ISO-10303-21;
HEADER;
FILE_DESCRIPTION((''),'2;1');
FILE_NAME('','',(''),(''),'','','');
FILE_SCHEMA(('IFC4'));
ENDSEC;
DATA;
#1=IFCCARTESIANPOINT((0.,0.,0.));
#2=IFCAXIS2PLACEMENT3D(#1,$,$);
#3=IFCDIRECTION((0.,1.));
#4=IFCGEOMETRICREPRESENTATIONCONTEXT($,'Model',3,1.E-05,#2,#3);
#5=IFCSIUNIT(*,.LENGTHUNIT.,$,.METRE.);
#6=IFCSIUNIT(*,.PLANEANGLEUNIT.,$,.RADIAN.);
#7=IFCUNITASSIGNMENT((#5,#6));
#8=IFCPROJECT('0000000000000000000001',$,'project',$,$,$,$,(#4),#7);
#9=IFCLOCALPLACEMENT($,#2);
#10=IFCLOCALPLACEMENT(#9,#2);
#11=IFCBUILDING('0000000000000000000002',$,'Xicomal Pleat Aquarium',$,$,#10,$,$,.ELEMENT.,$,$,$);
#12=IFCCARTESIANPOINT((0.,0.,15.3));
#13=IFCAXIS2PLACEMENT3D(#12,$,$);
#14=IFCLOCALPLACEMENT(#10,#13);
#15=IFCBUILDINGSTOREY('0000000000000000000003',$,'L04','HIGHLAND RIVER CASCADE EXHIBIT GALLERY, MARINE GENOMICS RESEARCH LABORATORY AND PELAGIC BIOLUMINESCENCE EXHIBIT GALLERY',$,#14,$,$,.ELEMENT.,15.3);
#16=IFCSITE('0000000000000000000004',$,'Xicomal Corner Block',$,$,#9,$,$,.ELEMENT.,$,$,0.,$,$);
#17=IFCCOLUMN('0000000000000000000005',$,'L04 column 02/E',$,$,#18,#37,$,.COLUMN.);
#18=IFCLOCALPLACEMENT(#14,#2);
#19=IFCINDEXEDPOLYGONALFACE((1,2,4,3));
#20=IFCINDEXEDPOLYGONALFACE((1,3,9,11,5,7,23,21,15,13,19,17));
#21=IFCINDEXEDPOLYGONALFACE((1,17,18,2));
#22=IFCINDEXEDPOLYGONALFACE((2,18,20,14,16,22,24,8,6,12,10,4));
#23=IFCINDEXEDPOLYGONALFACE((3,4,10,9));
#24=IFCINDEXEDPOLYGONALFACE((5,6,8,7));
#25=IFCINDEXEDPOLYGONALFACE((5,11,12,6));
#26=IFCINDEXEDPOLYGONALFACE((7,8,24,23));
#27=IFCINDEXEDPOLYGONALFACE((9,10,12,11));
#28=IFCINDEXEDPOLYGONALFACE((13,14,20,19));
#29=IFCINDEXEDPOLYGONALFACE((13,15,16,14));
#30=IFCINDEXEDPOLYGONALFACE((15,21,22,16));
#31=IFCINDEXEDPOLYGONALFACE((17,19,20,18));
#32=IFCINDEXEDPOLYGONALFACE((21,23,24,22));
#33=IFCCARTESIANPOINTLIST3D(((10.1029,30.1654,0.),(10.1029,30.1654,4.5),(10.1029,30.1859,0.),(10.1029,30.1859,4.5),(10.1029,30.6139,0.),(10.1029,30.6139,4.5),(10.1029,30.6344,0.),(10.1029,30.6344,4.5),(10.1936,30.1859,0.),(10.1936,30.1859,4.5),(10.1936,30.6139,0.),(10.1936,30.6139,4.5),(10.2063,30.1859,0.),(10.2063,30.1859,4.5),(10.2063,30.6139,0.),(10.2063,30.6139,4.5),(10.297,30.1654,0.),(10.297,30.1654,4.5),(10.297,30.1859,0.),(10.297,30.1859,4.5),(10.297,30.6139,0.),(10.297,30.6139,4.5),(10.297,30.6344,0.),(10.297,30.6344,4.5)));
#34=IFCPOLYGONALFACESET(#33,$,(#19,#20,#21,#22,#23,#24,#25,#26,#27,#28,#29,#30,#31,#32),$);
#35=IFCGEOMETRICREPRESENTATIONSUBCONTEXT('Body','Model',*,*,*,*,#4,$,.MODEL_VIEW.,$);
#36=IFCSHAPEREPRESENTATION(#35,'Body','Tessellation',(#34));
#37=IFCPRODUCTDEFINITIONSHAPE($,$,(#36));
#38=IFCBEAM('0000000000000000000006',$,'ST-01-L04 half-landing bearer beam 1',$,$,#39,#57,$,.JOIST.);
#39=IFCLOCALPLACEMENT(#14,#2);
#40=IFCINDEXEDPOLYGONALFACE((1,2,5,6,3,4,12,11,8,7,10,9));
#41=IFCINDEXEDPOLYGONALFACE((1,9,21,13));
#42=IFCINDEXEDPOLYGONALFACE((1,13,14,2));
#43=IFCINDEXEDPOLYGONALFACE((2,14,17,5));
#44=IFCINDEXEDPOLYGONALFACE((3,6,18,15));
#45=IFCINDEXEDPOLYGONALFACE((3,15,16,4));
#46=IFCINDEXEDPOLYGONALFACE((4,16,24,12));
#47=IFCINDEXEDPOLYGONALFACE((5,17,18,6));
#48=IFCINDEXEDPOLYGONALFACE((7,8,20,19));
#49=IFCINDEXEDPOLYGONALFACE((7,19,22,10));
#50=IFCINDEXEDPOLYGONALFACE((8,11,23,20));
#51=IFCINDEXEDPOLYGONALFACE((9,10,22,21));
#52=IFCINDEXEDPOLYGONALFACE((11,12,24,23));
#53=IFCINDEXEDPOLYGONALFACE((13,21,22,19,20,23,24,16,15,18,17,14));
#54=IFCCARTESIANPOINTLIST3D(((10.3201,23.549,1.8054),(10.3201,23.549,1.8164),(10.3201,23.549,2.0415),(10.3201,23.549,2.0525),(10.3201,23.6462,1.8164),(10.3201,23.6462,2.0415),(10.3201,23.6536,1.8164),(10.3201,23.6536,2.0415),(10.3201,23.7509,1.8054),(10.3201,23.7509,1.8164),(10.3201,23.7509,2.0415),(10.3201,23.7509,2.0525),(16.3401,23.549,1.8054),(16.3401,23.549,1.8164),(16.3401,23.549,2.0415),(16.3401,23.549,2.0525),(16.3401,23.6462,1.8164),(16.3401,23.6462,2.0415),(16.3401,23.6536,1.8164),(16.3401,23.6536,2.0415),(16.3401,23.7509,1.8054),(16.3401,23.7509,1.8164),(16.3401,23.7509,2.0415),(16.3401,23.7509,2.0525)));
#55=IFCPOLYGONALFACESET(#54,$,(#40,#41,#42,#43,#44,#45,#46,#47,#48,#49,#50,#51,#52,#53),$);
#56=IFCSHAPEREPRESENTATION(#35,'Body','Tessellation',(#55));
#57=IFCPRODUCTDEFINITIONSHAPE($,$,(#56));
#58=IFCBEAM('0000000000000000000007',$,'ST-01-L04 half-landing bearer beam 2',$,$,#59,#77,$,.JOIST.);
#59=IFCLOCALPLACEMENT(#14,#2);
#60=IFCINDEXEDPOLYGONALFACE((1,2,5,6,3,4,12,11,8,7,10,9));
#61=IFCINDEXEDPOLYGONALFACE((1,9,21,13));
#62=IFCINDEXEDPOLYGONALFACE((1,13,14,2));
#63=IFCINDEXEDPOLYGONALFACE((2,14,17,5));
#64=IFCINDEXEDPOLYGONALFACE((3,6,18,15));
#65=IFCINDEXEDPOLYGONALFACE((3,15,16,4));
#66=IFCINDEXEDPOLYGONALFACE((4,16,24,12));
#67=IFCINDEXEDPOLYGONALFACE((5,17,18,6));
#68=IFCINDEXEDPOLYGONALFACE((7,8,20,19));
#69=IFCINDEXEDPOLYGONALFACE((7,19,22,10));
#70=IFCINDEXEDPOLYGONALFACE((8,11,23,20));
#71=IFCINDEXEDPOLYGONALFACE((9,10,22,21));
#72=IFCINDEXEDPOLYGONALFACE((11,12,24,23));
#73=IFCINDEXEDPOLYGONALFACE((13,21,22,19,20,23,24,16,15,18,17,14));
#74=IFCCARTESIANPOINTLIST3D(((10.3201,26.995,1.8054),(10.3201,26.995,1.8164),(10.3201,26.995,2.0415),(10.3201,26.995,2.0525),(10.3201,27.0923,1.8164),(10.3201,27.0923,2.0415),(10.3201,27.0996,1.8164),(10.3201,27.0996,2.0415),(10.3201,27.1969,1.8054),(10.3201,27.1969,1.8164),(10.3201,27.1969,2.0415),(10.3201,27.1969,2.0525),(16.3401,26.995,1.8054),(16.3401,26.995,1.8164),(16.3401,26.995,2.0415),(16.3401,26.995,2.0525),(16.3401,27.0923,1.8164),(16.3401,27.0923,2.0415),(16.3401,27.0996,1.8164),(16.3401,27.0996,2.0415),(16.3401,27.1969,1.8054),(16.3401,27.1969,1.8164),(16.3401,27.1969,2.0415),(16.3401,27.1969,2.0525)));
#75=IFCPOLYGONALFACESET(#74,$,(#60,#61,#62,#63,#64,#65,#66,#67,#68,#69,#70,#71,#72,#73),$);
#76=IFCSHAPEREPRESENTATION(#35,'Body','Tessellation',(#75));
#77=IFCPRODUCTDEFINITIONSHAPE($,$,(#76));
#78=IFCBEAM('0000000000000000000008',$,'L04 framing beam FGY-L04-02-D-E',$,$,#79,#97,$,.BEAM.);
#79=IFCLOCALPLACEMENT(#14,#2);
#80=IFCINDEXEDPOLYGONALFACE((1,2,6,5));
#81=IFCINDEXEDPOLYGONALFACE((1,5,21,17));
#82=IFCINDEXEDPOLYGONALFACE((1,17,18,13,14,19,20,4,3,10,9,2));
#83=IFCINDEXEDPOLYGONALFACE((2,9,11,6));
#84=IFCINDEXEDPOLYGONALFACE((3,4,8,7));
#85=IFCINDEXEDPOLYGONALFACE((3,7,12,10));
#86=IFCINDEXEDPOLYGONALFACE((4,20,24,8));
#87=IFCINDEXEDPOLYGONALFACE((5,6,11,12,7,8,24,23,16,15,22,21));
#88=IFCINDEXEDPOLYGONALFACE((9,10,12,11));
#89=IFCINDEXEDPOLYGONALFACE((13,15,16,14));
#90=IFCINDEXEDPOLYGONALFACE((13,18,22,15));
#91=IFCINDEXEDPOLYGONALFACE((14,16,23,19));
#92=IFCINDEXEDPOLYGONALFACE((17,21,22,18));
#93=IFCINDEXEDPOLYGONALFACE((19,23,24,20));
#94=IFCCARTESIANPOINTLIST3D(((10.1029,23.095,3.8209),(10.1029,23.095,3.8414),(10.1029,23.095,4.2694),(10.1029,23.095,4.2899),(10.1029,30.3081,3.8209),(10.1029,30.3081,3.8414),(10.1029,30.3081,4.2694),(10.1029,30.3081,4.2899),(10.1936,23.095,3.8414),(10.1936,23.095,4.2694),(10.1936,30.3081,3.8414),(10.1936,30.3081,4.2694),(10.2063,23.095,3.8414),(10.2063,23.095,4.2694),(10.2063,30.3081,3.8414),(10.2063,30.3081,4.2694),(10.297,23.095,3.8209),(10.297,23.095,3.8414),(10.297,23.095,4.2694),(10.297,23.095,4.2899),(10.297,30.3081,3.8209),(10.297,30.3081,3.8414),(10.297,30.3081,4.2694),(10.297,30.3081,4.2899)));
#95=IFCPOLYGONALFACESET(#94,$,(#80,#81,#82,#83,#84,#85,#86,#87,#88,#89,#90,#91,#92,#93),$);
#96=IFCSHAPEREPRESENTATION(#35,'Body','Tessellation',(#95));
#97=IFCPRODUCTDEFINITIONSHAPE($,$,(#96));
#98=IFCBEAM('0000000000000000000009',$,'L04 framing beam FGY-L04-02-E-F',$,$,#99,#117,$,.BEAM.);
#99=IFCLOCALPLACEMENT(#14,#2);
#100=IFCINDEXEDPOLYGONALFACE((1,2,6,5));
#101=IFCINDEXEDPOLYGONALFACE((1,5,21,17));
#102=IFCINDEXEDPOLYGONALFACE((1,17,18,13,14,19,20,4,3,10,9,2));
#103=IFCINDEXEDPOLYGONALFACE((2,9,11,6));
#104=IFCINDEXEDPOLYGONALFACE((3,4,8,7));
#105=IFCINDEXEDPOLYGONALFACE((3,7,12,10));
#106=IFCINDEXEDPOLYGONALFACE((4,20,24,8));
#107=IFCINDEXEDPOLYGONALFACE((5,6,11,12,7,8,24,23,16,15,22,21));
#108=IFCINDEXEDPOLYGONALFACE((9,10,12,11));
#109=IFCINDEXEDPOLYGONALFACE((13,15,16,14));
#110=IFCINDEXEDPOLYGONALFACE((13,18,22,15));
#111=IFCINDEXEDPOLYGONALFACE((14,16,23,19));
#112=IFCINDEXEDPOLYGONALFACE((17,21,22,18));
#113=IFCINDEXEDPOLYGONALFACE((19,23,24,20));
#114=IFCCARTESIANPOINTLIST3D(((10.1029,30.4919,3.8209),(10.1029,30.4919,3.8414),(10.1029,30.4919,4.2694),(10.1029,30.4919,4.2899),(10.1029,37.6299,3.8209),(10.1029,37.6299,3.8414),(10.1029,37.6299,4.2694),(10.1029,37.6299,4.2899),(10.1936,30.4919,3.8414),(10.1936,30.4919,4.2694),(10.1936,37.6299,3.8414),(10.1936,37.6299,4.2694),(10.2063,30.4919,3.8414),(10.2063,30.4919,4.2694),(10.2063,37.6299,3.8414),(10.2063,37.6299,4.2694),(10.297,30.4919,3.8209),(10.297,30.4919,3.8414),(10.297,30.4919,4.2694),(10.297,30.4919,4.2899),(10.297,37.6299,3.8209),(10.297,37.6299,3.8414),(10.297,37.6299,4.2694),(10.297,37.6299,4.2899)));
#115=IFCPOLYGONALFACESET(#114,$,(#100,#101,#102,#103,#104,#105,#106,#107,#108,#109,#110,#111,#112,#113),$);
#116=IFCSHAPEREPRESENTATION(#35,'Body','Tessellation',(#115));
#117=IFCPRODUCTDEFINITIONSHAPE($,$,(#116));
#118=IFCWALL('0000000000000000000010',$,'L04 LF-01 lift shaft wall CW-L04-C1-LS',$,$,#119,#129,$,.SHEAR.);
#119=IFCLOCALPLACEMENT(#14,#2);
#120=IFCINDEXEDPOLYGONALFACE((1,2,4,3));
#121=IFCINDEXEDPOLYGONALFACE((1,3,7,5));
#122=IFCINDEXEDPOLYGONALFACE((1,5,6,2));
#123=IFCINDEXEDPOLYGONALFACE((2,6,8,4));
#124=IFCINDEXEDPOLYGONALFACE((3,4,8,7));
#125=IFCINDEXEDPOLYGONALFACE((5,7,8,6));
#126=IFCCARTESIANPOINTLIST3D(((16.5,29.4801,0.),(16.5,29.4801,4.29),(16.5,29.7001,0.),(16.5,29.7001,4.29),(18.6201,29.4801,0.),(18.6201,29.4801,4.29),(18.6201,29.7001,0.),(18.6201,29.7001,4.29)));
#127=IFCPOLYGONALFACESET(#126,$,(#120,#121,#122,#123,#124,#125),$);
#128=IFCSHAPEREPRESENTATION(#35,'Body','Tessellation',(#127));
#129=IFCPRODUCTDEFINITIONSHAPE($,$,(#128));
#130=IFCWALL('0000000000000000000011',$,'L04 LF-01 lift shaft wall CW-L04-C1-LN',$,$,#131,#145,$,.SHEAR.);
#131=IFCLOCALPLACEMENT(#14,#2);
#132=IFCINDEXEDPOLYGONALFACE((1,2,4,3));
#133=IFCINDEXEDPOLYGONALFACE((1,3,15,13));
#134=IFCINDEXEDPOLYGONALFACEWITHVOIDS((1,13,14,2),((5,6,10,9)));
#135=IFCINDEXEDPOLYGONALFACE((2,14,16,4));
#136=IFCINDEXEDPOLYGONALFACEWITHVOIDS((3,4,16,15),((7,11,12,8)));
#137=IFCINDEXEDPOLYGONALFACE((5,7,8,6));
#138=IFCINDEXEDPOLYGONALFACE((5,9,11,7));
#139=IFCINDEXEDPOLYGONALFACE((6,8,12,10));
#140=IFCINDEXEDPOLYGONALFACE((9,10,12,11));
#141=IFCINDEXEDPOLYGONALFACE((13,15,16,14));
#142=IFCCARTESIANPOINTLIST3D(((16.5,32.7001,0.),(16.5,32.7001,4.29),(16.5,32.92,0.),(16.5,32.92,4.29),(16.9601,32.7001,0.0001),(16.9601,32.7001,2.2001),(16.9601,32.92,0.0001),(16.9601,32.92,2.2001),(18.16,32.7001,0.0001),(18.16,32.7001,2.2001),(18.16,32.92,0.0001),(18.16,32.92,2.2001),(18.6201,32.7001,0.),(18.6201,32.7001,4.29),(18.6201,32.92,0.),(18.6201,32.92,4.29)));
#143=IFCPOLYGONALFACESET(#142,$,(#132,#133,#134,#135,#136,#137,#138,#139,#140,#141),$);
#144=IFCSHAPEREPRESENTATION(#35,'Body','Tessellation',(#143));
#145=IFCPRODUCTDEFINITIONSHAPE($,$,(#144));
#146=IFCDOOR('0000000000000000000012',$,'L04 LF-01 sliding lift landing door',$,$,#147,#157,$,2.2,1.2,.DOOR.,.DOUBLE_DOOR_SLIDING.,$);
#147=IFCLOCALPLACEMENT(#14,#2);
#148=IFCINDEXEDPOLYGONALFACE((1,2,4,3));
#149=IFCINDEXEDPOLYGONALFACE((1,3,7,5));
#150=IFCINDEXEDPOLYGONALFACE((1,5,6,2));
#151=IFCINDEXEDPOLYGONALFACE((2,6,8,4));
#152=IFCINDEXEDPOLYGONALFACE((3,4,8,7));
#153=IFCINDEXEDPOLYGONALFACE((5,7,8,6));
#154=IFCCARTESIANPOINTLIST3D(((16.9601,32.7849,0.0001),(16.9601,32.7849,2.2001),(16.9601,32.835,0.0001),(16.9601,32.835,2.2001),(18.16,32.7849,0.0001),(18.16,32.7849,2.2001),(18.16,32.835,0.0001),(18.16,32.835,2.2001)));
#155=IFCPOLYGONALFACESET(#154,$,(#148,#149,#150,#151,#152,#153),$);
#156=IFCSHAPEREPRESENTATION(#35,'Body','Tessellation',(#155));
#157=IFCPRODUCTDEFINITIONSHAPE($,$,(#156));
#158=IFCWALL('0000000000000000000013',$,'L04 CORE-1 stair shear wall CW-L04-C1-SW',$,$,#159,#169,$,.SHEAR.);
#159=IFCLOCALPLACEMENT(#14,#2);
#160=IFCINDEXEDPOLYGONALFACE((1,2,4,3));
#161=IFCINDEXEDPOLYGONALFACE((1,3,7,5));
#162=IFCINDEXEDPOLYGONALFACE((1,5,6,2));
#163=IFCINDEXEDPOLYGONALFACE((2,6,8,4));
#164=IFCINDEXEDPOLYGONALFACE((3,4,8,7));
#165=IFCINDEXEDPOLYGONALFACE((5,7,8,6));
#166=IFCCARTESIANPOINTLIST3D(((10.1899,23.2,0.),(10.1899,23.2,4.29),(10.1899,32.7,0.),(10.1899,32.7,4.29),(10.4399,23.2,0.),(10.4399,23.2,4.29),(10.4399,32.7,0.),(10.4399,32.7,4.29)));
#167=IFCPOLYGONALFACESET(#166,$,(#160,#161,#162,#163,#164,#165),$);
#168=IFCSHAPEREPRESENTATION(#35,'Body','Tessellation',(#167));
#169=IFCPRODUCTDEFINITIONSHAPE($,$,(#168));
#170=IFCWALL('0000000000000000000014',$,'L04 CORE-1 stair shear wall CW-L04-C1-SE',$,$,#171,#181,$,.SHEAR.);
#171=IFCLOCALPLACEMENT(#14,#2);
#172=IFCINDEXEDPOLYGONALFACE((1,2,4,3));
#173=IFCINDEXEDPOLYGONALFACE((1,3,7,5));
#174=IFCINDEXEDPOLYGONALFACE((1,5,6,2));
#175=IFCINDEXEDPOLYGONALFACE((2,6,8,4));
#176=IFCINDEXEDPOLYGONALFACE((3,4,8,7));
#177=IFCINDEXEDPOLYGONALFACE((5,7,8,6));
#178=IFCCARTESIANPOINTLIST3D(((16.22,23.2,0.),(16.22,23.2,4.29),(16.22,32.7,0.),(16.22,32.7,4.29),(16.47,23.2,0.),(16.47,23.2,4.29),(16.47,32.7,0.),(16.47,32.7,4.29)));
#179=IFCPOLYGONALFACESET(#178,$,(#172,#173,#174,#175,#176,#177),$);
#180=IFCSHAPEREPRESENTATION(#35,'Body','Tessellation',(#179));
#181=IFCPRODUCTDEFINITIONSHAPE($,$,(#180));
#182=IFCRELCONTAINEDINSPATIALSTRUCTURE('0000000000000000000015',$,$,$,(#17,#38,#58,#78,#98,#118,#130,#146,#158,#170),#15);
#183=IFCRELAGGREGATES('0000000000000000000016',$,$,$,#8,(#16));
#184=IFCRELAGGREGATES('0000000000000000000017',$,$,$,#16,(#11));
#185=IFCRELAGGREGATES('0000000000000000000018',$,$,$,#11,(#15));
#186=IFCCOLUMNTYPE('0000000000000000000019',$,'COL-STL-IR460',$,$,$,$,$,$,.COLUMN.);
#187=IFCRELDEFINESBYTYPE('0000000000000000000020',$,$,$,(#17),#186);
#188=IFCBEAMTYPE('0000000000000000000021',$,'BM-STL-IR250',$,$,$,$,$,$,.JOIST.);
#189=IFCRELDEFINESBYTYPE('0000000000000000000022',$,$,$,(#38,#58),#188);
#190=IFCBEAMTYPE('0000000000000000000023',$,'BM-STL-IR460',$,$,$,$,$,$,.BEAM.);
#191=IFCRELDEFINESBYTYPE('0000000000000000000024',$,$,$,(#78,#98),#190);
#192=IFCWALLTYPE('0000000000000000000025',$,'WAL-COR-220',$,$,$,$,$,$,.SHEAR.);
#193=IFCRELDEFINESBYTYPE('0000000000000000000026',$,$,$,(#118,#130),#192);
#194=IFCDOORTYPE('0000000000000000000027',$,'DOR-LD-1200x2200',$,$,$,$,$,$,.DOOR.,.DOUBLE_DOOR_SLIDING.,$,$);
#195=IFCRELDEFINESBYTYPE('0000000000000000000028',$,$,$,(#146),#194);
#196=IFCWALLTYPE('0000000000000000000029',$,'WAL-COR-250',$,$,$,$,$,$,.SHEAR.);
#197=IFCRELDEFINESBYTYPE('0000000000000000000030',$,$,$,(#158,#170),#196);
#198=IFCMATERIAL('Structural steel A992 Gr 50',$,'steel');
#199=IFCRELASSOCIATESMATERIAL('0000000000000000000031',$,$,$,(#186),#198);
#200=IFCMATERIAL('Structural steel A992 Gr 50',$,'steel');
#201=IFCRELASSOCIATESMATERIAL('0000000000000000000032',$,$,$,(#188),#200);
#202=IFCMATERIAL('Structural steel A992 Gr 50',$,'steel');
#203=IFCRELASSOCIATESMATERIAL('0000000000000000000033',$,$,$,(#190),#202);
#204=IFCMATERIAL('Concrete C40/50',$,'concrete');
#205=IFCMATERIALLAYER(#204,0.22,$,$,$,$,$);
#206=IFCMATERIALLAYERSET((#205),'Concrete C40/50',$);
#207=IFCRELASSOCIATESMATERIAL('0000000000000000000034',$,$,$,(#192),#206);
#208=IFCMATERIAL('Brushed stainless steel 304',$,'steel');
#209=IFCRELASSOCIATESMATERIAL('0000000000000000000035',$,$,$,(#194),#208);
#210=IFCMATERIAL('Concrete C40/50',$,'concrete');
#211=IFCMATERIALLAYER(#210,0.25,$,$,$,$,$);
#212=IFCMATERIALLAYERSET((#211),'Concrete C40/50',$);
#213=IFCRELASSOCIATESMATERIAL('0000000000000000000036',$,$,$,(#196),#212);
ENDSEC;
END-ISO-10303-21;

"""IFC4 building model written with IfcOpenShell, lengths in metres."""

from ifc_helpers import new_model, si_unit, direction, frame, frame_2d, origin, origin_2d, place, context, subcontext, project, spatial, rectangle, i_section, extrude, material, layer, layer_set, material_profile, profile_set, type_object, element, fill, save


model = new_model("IFC4")

# Units and contexts
model_context = context("Model", 3, precision=1e-05, world=origin(), true_north=direction((0.0, 1.0)))
body_context = subcontext(model_context, "Body", "Model", "MODEL_VIEW")
ifc_project = project(units=[si_unit("LENGTHUNIT", "METRE"), si_unit("PLANEANGLEUNIT", "RADIAN")], contexts=[model_context])

# Site, building, storey
site_placement = place(None, origin())
site = spatial("IfcSite", under=ifc_project, at=site_placement, Name="Xicomal Corner Block", CompositionType="ELEMENT", RefElevation=0.0)
building_placement = place(site_placement, origin())
building = spatial("IfcBuilding", under=site, at=building_placement, Name="Xicomal Pleat Aquarium", CompositionType="ELEMENT")
storey_placement = place(building_placement, frame((0.0, 0.0, 15.3)))
storey = spatial("IfcBuildingStorey", under=building, at=storey_placement, Name="L04", Description="HIGHLAND RIVER CASCADE EXHIBIT GALLERY, MARINE GENOMICS RESEARCH LABORATORY AND PELAGIC BIOLUMINESCENCE EXHIBIT GALLERY", CompositionType="ELEMENT", Elevation=15.3)

# Column
ifc_material_1 = material(Name="Structural steel A992 Gr 50", Category="steel")
ifc_material_profile_1 = material_profile(ifc_material_1, i_section(OverallWidth=0.1941, OverallDepth=0.469, WebThickness=0.0127, FlangeThickness=0.0205, at=origin_2d()), Name="IR 460x106")
ifc_profile_set_1 = profile_set([ifc_material_profile_1], Name="Structural steel A992 Gr 50")
column_type = type_object("IfcColumnType", Name="COL-STL-IR460", PredefinedType="COLUMN", material=ifc_profile_set_1)
column_placement = place(storey_placement, frame((10.2, 30.3999, 0.0), z_axis=(0.0, 0.0, 1.0), x_axis=(1.0, 0.0, 0.0)))
element("IfcColumn", 1, at=column_placement, inside=storey, type_object=column_type, Name="L04 column 02/E", PredefinedType="COLUMN", context=body_context, shape_type="SweptSolid", body=[
    extrude(i_section(OverallWidth=0.1941, OverallDepth=0.469, WebThickness=0.0127, FlangeThickness=0.0205, at=origin_2d()), origin(), (0.0, 0.0, 1.0), 4.5),
])

# Beams
ifc_material_2 = material(Name="Structural steel A992 Gr 50", Category="steel")
ifc_material_profile_2 = material_profile(ifc_material_2, i_section(OverallWidth=0.2019, OverallDepth=0.2471, WebThickness=0.0073, FlangeThickness=0.011, at=origin_2d()), Name="IR 250x49")
ifc_profile_set_2 = profile_set([ifc_material_profile_2], Name="Structural steel A992 Gr 50")
beam_type_1 = type_object("IfcBeamType", Name="BM-STL-IR250", PredefinedType="JOIST", material=ifc_profile_set_2)
for number, where, z_axis, x_axis, name in (
    (2, (10.3201, 23.6499, 1.929), (1.0, 0.0, 0.0), (0.0, 1.0, 0.0), "ST-01-L04 half-landing bearer beam 1"),
    (3, (10.3201, 27.0959, 1.929), (1.0, 0.0, 0.0), (0.0, 1.0, 0.0), "ST-01-L04 half-landing bearer beam 2"),
):
    element("IfcBeam", number, at=place(storey_placement, frame(where, z_axis=z_axis, x_axis=x_axis)), inside=storey, type_object=beam_type_1, Name=name, PredefinedType="JOIST", context=body_context, shape_type="SweptSolid", body=[
        extrude(i_section(OverallWidth=0.2019, OverallDepth=0.2471, WebThickness=0.0073, FlangeThickness=0.011, at=origin_2d()), origin(), (0.0, 0.0, 1.0), 6.02),
    ])
ifc_material_3 = material(Name="Structural steel A992 Gr 50", Category="steel")
ifc_material_profile_3 = material_profile(ifc_material_3, i_section(OverallWidth=0.1941, OverallDepth=0.469, WebThickness=0.0127, FlangeThickness=0.0205, at=origin_2d()), Name="IR 460x106")
ifc_profile_set_3 = profile_set([ifc_material_profile_3], Name="Structural steel A992 Gr 50")
beam_type_2 = type_object("IfcBeamType", Name="BM-STL-IR460", PredefinedType="BEAM", material=ifc_profile_set_3)
beam_1_placement = place(storey_placement, frame((10.2, 23.095, 4.0554), z_axis=(0.0, 1.0, 0.0), x_axis=(-1.0, 0.0, 0.0)))
element("IfcBeam", 4, at=beam_1_placement, inside=storey, type_object=beam_type_2, Name="L04 framing beam FGY-L04-02-D-E", PredefinedType="BEAM", context=body_context, shape_type="SweptSolid", body=[
    extrude(i_section(OverallWidth=0.1941, OverallDepth=0.469, WebThickness=0.0127, FlangeThickness=0.0205, at=origin_2d()), origin(), (0.0, 0.0, 1.0), 7.2131),
])
beam_2_placement = place(storey_placement, frame((10.2, 30.4919, 4.0554), z_axis=(0.0, 1.0, 0.0), x_axis=(-1.0, 0.0, 0.0)))
element("IfcBeam", 5, at=beam_2_placement, inside=storey, type_object=beam_type_2, Name="L04 framing beam FGY-L04-02-E-F", PredefinedType="BEAM", context=body_context, shape_type="SweptSolid", body=[
    extrude(i_section(OverallWidth=0.1941, OverallDepth=0.469, WebThickness=0.0127, FlangeThickness=0.0205, at=origin_2d()), origin(), (0.0, 0.0, 1.0), 7.1379),
])

# Wall
ifc_material_4 = material(Name="Concrete C40/50", Category="concrete")
ifc_layer_1 = layer(ifc_material_4, 0.22)
ifc_layer_set_1 = layer_set([ifc_layer_1], Name="Concrete C40/50")
wall_type_1 = type_object("IfcWallType", Name="WAL-COR-220", PredefinedType="SHEAR", material=ifc_layer_set_1)
wall_1_placement = place(storey_placement, frame((16.5, 29.5901, 0.0), z_axis=(0.0, 0.0, 1.0), x_axis=(1.0, 0.0, 0.0)))
element("IfcWall", 6, at=wall_1_placement, inside=storey, type_object=wall_type_1, Name="L04 LF-01 lift shaft wall CW-L04-C1-LS", PredefinedType="SHEAR", context=body_context, shape_type="SweptSolid", body=[
    extrude(rectangle(XDim=2.1201, YDim=0.22, at=frame_2d((1.0601, 0.0))), origin(), (0.0, 0.0, 1.0), 4.29),
])

# Wall, opening, door
wall_2_placement = place(storey_placement, frame((16.5, 32.8101, 0.0), z_axis=(0.0, 0.0, 1.0), x_axis=(1.0, 0.0, 0.0)))
wall_2 = element("IfcWall", 7, at=wall_2_placement, inside=storey, type_object=wall_type_1, Name="L04 LF-01 lift shaft wall CW-L04-C1-LN", PredefinedType="SHEAR", context=body_context, shape_type="SweptSolid", body=[
    extrude(rectangle(XDim=2.1201, YDim=0.22, at=frame_2d((1.0601, 0.0))), origin(), (0.0, 0.0, 1.0), 4.29),
])
opening_1_placement = place(wall_2_placement, frame((0.46, 0.0, 0.0)))
opening_1 = element("IfcOpeningElement", 8, at=opening_1_placement, cuts=wall_2, PredefinedType="OPENING", context=body_context, shape_type="SweptSolid", body=[
    extrude(rectangle(XDim=1.2, YDim=2.2, at=frame_2d((0.6001, 1.1001))), frame((0.0, 0.1199, 0.0), z_axis=(0.0, -1.0, 0.0), x_axis=(1.0, 0.0, 0.0)), (0.0, 0.0, 1.0), 0.24),
])
ifc_material_5 = material(Name="Brushed stainless steel 304", Category="steel")
door_type_1 = type_object("IfcDoorType", Name="DOR-LD-1200x2200", OperationType="DOUBLE_DOOR_SLIDING", PredefinedType="DOOR", material=ifc_material_5)
door_1_placement = place(opening_1_placement, origin())
door_1 = element("IfcDoor", 9, at=door_1_placement, inside=storey, type_object=door_type_1, Name="L04 LF-01 sliding lift landing door", OperationType="DOUBLE_DOOR_SLIDING", OverallHeight=2.2, OverallWidth=1.2, PredefinedType="DOOR", context=body_context, shape_type="SweptSolid", body=[
    extrude(rectangle(XDim=1.2, YDim=2.2, at=frame_2d((0.6001, 1.1001))), frame((0.0, 0.0249, 0.0), z_axis=(0.0, -1.0, 0.0), x_axis=(1.0, 0.0, 0.0)), (0.0, 0.0, 1.0), 0.05),
])
fill(opening_1, door_1)

# Walls
ifc_material_6 = material(Name="Concrete C40/50", Category="concrete")
ifc_layer_2 = layer(ifc_material_6, 0.25)
ifc_layer_set_2 = layer_set([ifc_layer_2], Name="Concrete C40/50")
wall_type_2 = type_object("IfcWallType", Name="WAL-COR-250", PredefinedType="SHEAR", material=ifc_layer_set_2)
for number, where, z_axis, x_axis, name in (
    (10, (10.3149, 23.2, 0.0), (0.0, 0.0, 1.0), (0.0, 1.0, 0.0), "L04 CORE-1 stair shear wall CW-L04-C1-SW"),
    (11, (16.345, 23.2, 0.0), (0.0, 0.0, 1.0), (0.0, 1.0, 0.0), "L04 CORE-1 stair shear wall CW-L04-C1-SE"),
):
    element("IfcWall", number, at=place(storey_placement, frame(where, z_axis=z_axis, x_axis=x_axis)), inside=storey, type_object=wall_type_2, Name=name, PredefinedType="SHEAR", context=body_context, shape_type="SweptSolid", body=[
        extrude(rectangle(XDim=9.5, YDim=0.25, at=frame_2d((4.75, 0.0))), origin(), (0.0, 0.0, 1.0), 4.29),
    ])

save(model, "model.ifc")
